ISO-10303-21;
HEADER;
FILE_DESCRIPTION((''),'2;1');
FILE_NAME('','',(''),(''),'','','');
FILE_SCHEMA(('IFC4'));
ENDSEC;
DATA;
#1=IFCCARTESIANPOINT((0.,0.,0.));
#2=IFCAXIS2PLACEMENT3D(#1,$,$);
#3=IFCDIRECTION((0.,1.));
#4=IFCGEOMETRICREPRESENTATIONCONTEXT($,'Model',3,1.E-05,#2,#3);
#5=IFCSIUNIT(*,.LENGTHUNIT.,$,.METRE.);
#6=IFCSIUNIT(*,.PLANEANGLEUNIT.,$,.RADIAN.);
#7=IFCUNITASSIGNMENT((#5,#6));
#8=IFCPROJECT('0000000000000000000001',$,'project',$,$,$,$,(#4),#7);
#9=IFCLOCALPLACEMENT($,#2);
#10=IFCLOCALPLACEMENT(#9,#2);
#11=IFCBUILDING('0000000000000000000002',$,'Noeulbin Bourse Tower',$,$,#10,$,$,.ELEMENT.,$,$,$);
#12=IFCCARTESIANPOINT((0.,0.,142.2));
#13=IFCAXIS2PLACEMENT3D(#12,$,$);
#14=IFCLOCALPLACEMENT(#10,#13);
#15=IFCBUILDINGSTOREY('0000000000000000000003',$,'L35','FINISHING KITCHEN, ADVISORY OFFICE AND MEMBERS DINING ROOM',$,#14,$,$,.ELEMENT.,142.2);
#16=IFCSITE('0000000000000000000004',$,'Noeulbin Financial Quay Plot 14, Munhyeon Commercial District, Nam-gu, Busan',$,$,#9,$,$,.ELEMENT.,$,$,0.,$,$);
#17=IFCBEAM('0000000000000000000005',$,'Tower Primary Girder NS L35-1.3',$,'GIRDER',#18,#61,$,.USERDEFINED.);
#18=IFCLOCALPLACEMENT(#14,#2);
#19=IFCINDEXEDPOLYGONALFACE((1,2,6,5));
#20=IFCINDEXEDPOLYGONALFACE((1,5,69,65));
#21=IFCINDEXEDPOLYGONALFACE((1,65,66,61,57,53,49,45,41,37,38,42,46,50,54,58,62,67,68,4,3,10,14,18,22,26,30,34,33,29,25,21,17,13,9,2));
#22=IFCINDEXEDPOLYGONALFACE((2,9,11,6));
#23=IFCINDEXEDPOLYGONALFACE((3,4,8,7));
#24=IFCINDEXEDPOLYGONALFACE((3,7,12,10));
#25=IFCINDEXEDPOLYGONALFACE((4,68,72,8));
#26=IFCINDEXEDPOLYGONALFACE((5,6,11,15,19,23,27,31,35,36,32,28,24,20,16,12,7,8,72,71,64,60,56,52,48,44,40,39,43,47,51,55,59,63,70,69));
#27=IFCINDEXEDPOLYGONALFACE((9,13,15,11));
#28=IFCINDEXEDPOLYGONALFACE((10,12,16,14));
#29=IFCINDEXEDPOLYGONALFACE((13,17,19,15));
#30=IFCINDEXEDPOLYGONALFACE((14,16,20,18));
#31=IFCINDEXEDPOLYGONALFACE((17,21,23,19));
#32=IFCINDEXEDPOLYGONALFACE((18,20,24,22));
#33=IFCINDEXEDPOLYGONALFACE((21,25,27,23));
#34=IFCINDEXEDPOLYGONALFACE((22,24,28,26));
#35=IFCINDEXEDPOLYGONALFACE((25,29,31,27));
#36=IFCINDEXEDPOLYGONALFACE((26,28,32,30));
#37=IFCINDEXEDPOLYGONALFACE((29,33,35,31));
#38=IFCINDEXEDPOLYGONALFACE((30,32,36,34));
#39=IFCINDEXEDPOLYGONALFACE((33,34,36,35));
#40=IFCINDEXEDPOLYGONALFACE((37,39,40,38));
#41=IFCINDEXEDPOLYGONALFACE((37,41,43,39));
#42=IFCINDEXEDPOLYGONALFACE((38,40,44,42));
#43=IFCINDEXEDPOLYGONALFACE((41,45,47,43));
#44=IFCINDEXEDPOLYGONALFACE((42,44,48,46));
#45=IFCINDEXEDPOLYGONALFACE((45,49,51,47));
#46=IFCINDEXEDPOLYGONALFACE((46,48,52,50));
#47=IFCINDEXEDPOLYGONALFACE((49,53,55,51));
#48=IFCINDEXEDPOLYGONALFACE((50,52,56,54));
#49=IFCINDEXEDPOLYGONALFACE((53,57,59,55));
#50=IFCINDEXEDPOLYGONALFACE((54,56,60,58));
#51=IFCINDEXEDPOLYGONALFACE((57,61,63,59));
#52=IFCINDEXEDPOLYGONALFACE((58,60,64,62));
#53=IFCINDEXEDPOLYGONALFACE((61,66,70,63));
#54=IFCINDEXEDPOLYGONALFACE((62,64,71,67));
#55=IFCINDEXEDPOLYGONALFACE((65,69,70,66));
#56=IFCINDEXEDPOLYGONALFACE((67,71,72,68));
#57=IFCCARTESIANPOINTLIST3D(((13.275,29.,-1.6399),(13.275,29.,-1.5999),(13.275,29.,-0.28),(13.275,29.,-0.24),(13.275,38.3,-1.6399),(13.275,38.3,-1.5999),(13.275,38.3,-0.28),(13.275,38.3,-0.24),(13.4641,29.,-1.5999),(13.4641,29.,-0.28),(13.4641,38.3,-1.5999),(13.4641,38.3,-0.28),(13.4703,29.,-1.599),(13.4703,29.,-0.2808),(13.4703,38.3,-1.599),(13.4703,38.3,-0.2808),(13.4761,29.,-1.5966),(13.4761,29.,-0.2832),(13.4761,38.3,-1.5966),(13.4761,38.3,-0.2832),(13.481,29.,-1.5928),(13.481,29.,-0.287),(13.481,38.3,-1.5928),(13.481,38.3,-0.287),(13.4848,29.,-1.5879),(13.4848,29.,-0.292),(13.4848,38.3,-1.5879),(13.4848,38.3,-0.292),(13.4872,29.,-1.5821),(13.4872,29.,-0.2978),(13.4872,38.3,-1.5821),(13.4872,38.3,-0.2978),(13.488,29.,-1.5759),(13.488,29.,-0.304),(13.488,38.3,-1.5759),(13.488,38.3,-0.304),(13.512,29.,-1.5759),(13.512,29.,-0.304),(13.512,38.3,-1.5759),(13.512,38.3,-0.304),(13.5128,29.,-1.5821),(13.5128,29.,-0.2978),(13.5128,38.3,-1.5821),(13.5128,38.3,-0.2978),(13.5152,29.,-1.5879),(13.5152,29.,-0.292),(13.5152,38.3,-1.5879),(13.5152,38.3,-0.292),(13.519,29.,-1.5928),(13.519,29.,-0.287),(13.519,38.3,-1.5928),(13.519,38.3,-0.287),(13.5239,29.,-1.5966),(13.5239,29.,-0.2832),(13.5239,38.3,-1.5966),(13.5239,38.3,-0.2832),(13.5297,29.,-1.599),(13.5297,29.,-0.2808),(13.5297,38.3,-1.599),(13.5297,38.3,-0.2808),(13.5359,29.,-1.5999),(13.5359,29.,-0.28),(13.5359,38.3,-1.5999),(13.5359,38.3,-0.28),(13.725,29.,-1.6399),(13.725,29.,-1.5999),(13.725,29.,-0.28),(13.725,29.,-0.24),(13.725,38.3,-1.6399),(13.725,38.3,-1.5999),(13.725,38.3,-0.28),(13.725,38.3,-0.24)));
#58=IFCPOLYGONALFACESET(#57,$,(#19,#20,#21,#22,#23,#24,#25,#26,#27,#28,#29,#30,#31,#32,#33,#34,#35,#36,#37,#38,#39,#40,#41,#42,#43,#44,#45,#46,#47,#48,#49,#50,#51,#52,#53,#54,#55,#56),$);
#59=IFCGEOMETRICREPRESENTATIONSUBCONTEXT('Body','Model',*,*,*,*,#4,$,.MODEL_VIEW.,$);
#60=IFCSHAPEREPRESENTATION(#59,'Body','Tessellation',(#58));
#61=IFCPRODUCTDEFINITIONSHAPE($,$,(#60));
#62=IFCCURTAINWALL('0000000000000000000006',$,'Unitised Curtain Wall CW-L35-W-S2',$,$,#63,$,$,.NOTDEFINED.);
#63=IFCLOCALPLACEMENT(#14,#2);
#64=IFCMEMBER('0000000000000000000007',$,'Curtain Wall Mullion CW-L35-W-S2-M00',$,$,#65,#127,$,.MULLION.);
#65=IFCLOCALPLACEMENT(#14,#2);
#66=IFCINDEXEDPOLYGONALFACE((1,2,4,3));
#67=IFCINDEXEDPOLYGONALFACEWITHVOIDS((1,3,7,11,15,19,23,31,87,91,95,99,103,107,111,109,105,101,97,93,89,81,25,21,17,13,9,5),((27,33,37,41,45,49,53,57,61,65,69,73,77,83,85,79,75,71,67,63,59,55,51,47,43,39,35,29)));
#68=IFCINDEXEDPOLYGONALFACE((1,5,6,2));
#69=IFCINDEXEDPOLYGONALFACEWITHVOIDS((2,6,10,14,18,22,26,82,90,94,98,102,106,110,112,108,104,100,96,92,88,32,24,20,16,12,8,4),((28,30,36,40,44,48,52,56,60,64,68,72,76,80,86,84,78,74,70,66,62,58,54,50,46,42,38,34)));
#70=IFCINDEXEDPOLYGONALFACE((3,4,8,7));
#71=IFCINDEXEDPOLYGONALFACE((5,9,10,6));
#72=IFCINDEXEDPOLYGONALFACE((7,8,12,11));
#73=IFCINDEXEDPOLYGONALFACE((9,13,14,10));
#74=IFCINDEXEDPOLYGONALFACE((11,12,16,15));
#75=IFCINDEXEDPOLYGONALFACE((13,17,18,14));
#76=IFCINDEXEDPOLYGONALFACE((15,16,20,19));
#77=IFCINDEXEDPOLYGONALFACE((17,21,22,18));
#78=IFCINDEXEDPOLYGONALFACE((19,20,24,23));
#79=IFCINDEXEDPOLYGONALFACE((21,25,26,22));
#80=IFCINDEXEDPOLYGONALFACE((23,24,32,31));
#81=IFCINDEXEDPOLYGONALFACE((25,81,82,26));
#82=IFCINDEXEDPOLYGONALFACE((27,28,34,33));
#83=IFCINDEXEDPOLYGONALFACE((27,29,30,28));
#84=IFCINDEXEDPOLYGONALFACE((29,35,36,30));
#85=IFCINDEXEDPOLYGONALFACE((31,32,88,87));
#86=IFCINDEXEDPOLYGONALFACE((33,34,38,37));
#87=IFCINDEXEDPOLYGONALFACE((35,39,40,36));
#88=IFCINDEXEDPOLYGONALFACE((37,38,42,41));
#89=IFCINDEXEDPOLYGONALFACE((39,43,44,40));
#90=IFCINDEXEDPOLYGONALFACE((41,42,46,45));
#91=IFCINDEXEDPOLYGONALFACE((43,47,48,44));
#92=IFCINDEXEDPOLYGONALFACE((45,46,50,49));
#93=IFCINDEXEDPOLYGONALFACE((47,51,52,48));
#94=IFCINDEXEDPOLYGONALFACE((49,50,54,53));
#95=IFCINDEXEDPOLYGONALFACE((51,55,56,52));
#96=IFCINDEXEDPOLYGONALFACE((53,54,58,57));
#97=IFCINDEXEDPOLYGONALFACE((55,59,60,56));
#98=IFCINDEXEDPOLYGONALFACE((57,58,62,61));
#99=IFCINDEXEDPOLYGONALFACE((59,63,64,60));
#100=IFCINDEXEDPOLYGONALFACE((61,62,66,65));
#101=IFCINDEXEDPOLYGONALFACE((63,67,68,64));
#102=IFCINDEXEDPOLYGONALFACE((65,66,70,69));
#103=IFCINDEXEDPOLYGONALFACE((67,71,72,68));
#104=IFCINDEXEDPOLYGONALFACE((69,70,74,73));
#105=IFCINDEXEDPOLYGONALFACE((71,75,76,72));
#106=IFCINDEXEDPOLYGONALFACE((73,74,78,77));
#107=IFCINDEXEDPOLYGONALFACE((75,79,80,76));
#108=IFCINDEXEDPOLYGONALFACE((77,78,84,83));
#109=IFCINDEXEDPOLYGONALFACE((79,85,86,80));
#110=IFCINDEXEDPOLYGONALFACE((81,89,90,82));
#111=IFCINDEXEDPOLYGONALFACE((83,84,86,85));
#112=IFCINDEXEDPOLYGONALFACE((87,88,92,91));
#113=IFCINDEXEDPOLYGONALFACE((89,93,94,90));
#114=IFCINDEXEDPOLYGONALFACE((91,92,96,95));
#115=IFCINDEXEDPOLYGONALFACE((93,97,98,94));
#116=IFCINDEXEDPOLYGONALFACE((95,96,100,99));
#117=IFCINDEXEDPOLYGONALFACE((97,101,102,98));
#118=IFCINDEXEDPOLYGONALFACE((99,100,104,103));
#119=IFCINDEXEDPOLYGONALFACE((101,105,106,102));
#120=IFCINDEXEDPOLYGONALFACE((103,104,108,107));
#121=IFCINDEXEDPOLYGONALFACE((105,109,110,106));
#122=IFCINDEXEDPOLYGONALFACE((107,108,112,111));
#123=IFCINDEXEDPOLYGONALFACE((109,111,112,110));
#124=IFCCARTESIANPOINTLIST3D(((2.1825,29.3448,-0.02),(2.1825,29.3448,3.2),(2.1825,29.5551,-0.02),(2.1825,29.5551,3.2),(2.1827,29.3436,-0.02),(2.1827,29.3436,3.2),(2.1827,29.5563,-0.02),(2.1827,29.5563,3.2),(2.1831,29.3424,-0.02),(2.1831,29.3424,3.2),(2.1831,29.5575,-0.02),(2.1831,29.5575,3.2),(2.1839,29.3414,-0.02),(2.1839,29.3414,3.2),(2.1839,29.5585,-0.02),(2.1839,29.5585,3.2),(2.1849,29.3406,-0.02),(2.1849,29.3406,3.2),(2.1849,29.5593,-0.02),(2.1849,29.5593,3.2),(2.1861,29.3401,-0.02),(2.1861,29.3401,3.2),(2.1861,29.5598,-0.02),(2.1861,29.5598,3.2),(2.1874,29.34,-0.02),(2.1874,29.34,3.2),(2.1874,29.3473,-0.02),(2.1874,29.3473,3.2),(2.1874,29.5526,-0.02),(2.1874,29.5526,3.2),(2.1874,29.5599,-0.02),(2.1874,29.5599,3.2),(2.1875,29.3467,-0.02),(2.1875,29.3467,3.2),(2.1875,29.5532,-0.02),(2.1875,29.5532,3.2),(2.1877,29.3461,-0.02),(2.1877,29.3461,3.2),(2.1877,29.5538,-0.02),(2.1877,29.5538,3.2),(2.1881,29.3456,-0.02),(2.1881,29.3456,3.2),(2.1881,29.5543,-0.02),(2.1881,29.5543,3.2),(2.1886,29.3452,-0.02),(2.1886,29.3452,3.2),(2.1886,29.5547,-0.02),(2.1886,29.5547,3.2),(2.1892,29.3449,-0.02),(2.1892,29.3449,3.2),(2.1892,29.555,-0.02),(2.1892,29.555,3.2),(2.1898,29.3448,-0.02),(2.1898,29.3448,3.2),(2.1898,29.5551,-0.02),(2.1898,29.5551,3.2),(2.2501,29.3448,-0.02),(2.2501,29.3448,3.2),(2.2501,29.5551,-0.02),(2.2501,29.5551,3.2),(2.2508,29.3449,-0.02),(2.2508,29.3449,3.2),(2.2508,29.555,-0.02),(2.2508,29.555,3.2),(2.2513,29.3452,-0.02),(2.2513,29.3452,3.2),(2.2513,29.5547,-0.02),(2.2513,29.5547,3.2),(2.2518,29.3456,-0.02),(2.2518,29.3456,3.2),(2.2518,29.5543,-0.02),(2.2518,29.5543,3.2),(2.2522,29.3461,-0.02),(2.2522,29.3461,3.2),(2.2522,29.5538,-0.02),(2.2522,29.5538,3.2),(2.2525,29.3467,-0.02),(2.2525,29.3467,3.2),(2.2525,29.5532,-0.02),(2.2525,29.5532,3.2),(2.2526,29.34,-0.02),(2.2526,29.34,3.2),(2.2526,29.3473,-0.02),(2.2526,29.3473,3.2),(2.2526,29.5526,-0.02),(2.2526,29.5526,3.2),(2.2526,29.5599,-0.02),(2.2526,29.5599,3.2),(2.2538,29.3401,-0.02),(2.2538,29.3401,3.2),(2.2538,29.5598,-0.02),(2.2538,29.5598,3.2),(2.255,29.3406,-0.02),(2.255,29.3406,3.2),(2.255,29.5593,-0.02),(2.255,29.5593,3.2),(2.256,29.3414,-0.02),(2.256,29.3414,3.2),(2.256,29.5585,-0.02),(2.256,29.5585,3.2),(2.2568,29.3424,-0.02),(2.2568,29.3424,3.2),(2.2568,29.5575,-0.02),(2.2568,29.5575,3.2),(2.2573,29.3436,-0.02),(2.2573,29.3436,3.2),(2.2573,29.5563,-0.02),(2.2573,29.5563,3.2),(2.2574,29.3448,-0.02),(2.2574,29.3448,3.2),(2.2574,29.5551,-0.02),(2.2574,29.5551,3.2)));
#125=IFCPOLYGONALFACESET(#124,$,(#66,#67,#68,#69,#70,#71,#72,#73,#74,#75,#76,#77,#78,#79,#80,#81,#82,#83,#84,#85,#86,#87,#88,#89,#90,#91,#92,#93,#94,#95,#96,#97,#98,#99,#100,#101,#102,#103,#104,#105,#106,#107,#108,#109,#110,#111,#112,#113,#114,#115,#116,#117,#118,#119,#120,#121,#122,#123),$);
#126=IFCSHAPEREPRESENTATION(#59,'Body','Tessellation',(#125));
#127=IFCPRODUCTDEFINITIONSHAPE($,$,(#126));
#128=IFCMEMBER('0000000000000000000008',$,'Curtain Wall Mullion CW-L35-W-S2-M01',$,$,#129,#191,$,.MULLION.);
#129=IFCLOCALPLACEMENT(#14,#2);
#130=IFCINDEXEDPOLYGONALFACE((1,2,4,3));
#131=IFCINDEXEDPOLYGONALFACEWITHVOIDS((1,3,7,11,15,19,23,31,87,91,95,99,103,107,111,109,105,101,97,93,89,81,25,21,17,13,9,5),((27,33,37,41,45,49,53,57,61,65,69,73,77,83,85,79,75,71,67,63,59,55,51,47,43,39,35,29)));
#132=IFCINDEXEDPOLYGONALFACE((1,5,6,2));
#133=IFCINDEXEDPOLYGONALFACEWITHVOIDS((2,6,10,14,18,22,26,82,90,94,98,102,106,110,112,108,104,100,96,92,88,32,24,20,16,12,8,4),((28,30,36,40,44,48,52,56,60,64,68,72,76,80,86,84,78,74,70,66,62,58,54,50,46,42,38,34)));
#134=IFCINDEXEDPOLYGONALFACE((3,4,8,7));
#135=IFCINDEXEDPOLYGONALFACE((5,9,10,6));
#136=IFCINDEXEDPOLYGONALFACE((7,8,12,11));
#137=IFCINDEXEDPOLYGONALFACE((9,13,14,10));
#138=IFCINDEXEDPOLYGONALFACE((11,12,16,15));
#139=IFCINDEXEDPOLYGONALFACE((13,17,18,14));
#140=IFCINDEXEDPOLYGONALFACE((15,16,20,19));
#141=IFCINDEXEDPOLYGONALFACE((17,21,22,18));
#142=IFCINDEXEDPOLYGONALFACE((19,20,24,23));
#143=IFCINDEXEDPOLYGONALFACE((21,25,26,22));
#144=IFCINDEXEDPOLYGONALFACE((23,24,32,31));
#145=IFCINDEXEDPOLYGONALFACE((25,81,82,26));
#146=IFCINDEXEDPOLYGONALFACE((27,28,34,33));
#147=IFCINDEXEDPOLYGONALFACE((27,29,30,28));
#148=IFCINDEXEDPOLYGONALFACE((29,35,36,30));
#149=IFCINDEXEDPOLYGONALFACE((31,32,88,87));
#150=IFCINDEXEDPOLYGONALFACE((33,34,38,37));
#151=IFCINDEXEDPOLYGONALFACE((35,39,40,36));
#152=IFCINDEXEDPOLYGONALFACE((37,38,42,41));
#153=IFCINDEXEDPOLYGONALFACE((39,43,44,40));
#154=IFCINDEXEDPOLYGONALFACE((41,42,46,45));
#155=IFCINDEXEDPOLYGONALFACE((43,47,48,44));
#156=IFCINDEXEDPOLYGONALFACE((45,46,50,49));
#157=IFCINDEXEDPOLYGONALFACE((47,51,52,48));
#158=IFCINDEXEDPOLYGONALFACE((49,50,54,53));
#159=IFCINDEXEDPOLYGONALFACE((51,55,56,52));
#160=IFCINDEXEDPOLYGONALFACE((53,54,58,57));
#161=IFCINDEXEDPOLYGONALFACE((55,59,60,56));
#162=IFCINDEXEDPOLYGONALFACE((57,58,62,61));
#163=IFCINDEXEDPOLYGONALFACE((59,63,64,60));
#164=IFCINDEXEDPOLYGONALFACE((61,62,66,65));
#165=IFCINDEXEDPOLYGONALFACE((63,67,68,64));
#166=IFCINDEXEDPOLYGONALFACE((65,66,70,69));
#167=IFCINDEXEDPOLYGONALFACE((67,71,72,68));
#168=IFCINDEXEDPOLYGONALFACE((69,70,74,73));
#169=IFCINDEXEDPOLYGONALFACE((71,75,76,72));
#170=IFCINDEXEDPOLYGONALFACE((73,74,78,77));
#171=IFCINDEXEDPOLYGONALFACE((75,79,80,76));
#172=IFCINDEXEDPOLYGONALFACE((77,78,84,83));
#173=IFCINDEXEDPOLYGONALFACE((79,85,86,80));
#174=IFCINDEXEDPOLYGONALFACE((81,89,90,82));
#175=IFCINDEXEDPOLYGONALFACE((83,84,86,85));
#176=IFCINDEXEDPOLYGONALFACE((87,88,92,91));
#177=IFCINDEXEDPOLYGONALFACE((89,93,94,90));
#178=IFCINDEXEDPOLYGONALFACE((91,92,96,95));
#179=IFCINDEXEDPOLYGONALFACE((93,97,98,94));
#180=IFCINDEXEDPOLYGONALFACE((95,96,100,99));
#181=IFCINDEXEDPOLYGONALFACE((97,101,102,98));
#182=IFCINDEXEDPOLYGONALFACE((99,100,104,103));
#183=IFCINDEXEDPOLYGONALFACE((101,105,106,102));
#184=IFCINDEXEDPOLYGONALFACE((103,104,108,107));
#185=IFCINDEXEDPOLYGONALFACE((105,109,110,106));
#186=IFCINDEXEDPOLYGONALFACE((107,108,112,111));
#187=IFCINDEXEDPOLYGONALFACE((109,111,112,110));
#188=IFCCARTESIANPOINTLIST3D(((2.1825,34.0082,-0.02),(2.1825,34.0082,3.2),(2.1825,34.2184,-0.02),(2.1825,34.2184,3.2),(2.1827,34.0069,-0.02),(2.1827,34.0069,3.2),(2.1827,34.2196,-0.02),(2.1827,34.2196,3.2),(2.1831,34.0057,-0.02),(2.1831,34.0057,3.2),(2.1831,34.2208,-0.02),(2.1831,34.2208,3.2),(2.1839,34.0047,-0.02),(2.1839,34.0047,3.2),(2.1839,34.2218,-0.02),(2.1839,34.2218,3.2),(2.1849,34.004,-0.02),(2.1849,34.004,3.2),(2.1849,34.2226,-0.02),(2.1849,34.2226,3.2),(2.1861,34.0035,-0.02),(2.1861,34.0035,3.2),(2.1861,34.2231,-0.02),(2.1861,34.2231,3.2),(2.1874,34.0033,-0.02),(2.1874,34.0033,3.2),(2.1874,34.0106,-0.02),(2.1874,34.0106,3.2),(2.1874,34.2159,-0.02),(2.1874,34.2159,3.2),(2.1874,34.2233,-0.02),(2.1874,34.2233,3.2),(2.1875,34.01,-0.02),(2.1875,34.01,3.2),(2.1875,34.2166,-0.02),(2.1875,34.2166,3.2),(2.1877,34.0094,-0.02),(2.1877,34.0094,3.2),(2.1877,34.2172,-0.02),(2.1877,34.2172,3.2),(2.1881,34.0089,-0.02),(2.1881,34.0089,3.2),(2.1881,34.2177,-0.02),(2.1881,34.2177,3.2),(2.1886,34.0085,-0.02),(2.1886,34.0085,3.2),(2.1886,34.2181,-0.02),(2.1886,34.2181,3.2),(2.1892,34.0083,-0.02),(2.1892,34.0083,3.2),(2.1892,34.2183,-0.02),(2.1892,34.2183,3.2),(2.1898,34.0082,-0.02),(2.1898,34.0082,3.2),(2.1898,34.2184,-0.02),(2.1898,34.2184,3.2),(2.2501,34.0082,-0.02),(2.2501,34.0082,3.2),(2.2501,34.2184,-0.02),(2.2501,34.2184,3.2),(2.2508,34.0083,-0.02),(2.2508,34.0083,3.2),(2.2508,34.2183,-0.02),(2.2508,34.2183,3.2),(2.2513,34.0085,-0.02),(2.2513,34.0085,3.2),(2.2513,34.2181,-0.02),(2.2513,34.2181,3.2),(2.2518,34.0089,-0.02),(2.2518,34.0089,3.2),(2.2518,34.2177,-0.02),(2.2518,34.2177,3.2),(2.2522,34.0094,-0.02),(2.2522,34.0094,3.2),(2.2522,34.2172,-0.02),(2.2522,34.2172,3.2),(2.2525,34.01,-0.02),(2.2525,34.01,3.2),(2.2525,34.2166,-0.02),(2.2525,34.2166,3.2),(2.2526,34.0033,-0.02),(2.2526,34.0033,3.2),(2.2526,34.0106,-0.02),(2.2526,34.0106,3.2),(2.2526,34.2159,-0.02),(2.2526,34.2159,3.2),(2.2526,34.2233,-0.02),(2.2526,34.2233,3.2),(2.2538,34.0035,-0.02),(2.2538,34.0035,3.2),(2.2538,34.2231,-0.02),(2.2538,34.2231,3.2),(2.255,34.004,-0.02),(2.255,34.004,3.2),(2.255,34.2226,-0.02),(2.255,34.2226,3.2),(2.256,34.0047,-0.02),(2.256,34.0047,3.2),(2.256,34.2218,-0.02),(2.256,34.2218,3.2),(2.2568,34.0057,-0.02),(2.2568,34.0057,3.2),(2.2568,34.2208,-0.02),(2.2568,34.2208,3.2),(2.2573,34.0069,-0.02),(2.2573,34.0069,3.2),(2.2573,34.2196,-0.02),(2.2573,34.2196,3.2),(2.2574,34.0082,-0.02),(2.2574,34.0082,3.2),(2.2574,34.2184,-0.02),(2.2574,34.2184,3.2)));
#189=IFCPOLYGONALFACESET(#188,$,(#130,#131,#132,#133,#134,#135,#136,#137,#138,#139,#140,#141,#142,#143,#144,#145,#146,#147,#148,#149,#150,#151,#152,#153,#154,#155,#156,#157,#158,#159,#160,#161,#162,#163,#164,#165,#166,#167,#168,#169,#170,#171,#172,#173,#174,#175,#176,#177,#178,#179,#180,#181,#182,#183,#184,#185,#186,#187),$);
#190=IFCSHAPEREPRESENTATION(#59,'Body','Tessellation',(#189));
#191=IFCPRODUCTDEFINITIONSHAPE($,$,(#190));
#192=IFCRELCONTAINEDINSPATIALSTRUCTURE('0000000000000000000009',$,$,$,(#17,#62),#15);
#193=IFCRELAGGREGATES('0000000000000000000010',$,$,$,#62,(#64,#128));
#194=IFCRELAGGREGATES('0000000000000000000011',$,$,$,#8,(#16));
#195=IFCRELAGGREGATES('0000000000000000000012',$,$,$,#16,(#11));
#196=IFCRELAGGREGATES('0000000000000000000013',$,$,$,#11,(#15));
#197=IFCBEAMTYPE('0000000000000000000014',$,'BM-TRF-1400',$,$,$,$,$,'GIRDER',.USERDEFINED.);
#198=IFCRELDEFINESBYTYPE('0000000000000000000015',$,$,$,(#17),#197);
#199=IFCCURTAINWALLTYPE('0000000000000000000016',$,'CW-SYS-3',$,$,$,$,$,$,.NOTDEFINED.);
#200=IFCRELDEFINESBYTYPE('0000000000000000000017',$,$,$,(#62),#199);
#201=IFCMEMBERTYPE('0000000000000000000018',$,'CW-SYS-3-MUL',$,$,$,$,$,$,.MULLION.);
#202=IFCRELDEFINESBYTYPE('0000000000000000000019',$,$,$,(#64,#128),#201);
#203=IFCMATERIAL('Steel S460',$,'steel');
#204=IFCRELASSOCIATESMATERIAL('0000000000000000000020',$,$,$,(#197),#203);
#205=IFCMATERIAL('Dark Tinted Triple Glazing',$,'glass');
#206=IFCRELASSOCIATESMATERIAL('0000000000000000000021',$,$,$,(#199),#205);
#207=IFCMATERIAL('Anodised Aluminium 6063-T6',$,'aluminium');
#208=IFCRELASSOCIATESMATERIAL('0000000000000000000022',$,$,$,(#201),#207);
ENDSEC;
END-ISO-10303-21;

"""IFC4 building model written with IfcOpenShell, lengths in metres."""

from ifc_helpers import new_model, si_unit, direction, frame, origin, origin_2d, place, context, subcontext, project, spatial, hollow_rectangle, i_section, extrude, material, material_profile, profile_set, type_object, element, aggregate, save


model = new_model("IFC4")

# Units and contexts
model_context = context("Model", 3, precision=1e-05, world=origin(), true_north=direction((0.0, 1.0)))
body_context = subcontext(model_context, "Body", "Model", "MODEL_VIEW")
ifc_project = project(units=[si_unit("LENGTHUNIT", "METRE"), si_unit("PLANEANGLEUNIT", "RADIAN")], contexts=[model_context])

# Site, building, storey
site_placement = place(None, origin())
site = spatial("IfcSite", under=ifc_project, at=site_placement, Name="Noeulbin Financial Quay Plot 14, Munhyeon Commercial District, Nam-gu, Busan", CompositionType="ELEMENT", RefElevation=0.0)
building_placement = place(site_placement, origin())
building = spatial("IfcBuilding", under=site, at=building_placement, Name="Noeulbin Bourse Tower", CompositionType="ELEMENT")
storey_placement = place(building_placement, frame((0.0, 0.0, 142.2)))
storey = spatial("IfcBuildingStorey", under=building, at=storey_placement, Name="L35", Description="FINISHING KITCHEN, ADVISORY OFFICE AND MEMBERS DINING ROOM", CompositionType="ELEMENT", Elevation=142.2)

# Shared definitions
ifc_material_1 = material(Name="Steel S460", Category="steel")

# Beam
ifc_material_profile_1 = material_profile(ifc_material_1, i_section(OverallWidth=0.45, OverallDepth=1.3999, WebThickness=0.0239, FlangeThickness=0.04, FilletRadius=0.0239, at=origin_2d()), Name="PG-1400x450x24x40", Category="LoadBearing")
ifc_profile_set_1 = profile_set([ifc_material_profile_1], Name="Steel S460")
beam_type_1 = type_object("IfcBeamType", Name="BM-TRF-1400", ElementType="GIRDER", PredefinedType="USERDEFINED", material=ifc_profile_set_1)
beam_1_placement = place(storey_placement, frame((13.5, 29.0, -0.9399), z_axis=(0.0, 1.0, 0.0), x_axis=(-1.0, 0.0, 0.0)))
element("IfcBeam", 1, at=beam_1_placement, inside=storey, type_object=beam_type_1, Name="Tower Primary Girder NS L35-1.3", ObjectType="GIRDER", PredefinedType="USERDEFINED", context=body_context, shape_type="SweptSolid", body=[
    extrude(i_section(OverallWidth=0.45, OverallDepth=1.3999, WebThickness=0.0239, FlangeThickness=0.04, FilletRadius=0.0239, at=origin_2d()), origin(), (0.0, 0.0, 1.0), 9.3),
])

# Curtain wall, members
ifc_material_2 = material(Name="Dark Tinted Triple Glazing", Category="glass")
curtain_wall_type = type_object("IfcCurtainWallType", Name="CW-SYS-3", PredefinedType="NOTDEFINED", material=ifc_material_2)
curtain_wall_placement = place(storey_placement, origin())
curtain_wall = element("IfcCurtainWall", 2, at=curtain_wall_placement, inside=storey, type_object=curtain_wall_type, Name="Unitised Curtain Wall CW-L35-W-S2", PredefinedType="NOTDEFINED")
ifc_material_3 = material(Name="Anodised Aluminium 6063-T6", Category="aluminium")
ifc_material_profile_2 = material_profile(ifc_material_3, hollow_rectangle(XDim=0.075, YDim=0.22, WallThickness=0.0049, InnerFilletRadius=0.0024, OuterFilletRadius=0.0049, at=origin_2d()), Name="ALU-MULL-75x220x5", Category="LoadBearing")
ifc_profile_set_2 = profile_set([ifc_material_profile_2], Name="Anodised Aluminium 6063-T6")
member_type_1 = type_object("IfcMemberType", Name="CW-SYS-3-MUL", PredefinedType="MULLION", material=ifc_profile_set_2)
member_1_placement = place(storey_placement, frame((2.22, 29.45, -0.02), z_axis=(0.0, 0.0, 1.0), x_axis=(1.0, 0.0, 0.0)))
member_1 = element("IfcMember", 3, at=member_1_placement, type_object=member_type_1, Name="Curtain Wall Mullion CW-L35-W-S2-M00", PredefinedType="MULLION", context=body_context, shape_type="SweptSolid", body=[
    extrude(hollow_rectangle(XDim=0.075, YDim=0.22, WallThickness=0.0049, InnerFilletRadius=0.0024, OuterFilletRadius=0.0049, at=origin_2d()), origin(), (0.0, 0.0, 1.0), 3.22),
])
member_2_placement = place(storey_placement, frame((2.22, 34.1133, -0.02), z_axis=(0.0, 0.0, 1.0), x_axis=(1.0, 0.0, 0.0)))
member_2 = element("IfcMember", 4, at=member_2_placement, type_object=member_type_1, Name="Curtain Wall Mullion CW-L35-W-S2-M01", PredefinedType="MULLION", context=body_context, shape_type="SweptSolid", body=[
    extrude(hollow_rectangle(XDim=0.075, YDim=0.22, WallThickness=0.0049, InnerFilletRadius=0.0024, OuterFilletRadius=0.0049, at=origin_2d()), origin(), (0.0, 0.0, 1.0), 3.22),
])

aggregate(curtain_wall, [member_1, member_2])

save(model, "model.ifc")
